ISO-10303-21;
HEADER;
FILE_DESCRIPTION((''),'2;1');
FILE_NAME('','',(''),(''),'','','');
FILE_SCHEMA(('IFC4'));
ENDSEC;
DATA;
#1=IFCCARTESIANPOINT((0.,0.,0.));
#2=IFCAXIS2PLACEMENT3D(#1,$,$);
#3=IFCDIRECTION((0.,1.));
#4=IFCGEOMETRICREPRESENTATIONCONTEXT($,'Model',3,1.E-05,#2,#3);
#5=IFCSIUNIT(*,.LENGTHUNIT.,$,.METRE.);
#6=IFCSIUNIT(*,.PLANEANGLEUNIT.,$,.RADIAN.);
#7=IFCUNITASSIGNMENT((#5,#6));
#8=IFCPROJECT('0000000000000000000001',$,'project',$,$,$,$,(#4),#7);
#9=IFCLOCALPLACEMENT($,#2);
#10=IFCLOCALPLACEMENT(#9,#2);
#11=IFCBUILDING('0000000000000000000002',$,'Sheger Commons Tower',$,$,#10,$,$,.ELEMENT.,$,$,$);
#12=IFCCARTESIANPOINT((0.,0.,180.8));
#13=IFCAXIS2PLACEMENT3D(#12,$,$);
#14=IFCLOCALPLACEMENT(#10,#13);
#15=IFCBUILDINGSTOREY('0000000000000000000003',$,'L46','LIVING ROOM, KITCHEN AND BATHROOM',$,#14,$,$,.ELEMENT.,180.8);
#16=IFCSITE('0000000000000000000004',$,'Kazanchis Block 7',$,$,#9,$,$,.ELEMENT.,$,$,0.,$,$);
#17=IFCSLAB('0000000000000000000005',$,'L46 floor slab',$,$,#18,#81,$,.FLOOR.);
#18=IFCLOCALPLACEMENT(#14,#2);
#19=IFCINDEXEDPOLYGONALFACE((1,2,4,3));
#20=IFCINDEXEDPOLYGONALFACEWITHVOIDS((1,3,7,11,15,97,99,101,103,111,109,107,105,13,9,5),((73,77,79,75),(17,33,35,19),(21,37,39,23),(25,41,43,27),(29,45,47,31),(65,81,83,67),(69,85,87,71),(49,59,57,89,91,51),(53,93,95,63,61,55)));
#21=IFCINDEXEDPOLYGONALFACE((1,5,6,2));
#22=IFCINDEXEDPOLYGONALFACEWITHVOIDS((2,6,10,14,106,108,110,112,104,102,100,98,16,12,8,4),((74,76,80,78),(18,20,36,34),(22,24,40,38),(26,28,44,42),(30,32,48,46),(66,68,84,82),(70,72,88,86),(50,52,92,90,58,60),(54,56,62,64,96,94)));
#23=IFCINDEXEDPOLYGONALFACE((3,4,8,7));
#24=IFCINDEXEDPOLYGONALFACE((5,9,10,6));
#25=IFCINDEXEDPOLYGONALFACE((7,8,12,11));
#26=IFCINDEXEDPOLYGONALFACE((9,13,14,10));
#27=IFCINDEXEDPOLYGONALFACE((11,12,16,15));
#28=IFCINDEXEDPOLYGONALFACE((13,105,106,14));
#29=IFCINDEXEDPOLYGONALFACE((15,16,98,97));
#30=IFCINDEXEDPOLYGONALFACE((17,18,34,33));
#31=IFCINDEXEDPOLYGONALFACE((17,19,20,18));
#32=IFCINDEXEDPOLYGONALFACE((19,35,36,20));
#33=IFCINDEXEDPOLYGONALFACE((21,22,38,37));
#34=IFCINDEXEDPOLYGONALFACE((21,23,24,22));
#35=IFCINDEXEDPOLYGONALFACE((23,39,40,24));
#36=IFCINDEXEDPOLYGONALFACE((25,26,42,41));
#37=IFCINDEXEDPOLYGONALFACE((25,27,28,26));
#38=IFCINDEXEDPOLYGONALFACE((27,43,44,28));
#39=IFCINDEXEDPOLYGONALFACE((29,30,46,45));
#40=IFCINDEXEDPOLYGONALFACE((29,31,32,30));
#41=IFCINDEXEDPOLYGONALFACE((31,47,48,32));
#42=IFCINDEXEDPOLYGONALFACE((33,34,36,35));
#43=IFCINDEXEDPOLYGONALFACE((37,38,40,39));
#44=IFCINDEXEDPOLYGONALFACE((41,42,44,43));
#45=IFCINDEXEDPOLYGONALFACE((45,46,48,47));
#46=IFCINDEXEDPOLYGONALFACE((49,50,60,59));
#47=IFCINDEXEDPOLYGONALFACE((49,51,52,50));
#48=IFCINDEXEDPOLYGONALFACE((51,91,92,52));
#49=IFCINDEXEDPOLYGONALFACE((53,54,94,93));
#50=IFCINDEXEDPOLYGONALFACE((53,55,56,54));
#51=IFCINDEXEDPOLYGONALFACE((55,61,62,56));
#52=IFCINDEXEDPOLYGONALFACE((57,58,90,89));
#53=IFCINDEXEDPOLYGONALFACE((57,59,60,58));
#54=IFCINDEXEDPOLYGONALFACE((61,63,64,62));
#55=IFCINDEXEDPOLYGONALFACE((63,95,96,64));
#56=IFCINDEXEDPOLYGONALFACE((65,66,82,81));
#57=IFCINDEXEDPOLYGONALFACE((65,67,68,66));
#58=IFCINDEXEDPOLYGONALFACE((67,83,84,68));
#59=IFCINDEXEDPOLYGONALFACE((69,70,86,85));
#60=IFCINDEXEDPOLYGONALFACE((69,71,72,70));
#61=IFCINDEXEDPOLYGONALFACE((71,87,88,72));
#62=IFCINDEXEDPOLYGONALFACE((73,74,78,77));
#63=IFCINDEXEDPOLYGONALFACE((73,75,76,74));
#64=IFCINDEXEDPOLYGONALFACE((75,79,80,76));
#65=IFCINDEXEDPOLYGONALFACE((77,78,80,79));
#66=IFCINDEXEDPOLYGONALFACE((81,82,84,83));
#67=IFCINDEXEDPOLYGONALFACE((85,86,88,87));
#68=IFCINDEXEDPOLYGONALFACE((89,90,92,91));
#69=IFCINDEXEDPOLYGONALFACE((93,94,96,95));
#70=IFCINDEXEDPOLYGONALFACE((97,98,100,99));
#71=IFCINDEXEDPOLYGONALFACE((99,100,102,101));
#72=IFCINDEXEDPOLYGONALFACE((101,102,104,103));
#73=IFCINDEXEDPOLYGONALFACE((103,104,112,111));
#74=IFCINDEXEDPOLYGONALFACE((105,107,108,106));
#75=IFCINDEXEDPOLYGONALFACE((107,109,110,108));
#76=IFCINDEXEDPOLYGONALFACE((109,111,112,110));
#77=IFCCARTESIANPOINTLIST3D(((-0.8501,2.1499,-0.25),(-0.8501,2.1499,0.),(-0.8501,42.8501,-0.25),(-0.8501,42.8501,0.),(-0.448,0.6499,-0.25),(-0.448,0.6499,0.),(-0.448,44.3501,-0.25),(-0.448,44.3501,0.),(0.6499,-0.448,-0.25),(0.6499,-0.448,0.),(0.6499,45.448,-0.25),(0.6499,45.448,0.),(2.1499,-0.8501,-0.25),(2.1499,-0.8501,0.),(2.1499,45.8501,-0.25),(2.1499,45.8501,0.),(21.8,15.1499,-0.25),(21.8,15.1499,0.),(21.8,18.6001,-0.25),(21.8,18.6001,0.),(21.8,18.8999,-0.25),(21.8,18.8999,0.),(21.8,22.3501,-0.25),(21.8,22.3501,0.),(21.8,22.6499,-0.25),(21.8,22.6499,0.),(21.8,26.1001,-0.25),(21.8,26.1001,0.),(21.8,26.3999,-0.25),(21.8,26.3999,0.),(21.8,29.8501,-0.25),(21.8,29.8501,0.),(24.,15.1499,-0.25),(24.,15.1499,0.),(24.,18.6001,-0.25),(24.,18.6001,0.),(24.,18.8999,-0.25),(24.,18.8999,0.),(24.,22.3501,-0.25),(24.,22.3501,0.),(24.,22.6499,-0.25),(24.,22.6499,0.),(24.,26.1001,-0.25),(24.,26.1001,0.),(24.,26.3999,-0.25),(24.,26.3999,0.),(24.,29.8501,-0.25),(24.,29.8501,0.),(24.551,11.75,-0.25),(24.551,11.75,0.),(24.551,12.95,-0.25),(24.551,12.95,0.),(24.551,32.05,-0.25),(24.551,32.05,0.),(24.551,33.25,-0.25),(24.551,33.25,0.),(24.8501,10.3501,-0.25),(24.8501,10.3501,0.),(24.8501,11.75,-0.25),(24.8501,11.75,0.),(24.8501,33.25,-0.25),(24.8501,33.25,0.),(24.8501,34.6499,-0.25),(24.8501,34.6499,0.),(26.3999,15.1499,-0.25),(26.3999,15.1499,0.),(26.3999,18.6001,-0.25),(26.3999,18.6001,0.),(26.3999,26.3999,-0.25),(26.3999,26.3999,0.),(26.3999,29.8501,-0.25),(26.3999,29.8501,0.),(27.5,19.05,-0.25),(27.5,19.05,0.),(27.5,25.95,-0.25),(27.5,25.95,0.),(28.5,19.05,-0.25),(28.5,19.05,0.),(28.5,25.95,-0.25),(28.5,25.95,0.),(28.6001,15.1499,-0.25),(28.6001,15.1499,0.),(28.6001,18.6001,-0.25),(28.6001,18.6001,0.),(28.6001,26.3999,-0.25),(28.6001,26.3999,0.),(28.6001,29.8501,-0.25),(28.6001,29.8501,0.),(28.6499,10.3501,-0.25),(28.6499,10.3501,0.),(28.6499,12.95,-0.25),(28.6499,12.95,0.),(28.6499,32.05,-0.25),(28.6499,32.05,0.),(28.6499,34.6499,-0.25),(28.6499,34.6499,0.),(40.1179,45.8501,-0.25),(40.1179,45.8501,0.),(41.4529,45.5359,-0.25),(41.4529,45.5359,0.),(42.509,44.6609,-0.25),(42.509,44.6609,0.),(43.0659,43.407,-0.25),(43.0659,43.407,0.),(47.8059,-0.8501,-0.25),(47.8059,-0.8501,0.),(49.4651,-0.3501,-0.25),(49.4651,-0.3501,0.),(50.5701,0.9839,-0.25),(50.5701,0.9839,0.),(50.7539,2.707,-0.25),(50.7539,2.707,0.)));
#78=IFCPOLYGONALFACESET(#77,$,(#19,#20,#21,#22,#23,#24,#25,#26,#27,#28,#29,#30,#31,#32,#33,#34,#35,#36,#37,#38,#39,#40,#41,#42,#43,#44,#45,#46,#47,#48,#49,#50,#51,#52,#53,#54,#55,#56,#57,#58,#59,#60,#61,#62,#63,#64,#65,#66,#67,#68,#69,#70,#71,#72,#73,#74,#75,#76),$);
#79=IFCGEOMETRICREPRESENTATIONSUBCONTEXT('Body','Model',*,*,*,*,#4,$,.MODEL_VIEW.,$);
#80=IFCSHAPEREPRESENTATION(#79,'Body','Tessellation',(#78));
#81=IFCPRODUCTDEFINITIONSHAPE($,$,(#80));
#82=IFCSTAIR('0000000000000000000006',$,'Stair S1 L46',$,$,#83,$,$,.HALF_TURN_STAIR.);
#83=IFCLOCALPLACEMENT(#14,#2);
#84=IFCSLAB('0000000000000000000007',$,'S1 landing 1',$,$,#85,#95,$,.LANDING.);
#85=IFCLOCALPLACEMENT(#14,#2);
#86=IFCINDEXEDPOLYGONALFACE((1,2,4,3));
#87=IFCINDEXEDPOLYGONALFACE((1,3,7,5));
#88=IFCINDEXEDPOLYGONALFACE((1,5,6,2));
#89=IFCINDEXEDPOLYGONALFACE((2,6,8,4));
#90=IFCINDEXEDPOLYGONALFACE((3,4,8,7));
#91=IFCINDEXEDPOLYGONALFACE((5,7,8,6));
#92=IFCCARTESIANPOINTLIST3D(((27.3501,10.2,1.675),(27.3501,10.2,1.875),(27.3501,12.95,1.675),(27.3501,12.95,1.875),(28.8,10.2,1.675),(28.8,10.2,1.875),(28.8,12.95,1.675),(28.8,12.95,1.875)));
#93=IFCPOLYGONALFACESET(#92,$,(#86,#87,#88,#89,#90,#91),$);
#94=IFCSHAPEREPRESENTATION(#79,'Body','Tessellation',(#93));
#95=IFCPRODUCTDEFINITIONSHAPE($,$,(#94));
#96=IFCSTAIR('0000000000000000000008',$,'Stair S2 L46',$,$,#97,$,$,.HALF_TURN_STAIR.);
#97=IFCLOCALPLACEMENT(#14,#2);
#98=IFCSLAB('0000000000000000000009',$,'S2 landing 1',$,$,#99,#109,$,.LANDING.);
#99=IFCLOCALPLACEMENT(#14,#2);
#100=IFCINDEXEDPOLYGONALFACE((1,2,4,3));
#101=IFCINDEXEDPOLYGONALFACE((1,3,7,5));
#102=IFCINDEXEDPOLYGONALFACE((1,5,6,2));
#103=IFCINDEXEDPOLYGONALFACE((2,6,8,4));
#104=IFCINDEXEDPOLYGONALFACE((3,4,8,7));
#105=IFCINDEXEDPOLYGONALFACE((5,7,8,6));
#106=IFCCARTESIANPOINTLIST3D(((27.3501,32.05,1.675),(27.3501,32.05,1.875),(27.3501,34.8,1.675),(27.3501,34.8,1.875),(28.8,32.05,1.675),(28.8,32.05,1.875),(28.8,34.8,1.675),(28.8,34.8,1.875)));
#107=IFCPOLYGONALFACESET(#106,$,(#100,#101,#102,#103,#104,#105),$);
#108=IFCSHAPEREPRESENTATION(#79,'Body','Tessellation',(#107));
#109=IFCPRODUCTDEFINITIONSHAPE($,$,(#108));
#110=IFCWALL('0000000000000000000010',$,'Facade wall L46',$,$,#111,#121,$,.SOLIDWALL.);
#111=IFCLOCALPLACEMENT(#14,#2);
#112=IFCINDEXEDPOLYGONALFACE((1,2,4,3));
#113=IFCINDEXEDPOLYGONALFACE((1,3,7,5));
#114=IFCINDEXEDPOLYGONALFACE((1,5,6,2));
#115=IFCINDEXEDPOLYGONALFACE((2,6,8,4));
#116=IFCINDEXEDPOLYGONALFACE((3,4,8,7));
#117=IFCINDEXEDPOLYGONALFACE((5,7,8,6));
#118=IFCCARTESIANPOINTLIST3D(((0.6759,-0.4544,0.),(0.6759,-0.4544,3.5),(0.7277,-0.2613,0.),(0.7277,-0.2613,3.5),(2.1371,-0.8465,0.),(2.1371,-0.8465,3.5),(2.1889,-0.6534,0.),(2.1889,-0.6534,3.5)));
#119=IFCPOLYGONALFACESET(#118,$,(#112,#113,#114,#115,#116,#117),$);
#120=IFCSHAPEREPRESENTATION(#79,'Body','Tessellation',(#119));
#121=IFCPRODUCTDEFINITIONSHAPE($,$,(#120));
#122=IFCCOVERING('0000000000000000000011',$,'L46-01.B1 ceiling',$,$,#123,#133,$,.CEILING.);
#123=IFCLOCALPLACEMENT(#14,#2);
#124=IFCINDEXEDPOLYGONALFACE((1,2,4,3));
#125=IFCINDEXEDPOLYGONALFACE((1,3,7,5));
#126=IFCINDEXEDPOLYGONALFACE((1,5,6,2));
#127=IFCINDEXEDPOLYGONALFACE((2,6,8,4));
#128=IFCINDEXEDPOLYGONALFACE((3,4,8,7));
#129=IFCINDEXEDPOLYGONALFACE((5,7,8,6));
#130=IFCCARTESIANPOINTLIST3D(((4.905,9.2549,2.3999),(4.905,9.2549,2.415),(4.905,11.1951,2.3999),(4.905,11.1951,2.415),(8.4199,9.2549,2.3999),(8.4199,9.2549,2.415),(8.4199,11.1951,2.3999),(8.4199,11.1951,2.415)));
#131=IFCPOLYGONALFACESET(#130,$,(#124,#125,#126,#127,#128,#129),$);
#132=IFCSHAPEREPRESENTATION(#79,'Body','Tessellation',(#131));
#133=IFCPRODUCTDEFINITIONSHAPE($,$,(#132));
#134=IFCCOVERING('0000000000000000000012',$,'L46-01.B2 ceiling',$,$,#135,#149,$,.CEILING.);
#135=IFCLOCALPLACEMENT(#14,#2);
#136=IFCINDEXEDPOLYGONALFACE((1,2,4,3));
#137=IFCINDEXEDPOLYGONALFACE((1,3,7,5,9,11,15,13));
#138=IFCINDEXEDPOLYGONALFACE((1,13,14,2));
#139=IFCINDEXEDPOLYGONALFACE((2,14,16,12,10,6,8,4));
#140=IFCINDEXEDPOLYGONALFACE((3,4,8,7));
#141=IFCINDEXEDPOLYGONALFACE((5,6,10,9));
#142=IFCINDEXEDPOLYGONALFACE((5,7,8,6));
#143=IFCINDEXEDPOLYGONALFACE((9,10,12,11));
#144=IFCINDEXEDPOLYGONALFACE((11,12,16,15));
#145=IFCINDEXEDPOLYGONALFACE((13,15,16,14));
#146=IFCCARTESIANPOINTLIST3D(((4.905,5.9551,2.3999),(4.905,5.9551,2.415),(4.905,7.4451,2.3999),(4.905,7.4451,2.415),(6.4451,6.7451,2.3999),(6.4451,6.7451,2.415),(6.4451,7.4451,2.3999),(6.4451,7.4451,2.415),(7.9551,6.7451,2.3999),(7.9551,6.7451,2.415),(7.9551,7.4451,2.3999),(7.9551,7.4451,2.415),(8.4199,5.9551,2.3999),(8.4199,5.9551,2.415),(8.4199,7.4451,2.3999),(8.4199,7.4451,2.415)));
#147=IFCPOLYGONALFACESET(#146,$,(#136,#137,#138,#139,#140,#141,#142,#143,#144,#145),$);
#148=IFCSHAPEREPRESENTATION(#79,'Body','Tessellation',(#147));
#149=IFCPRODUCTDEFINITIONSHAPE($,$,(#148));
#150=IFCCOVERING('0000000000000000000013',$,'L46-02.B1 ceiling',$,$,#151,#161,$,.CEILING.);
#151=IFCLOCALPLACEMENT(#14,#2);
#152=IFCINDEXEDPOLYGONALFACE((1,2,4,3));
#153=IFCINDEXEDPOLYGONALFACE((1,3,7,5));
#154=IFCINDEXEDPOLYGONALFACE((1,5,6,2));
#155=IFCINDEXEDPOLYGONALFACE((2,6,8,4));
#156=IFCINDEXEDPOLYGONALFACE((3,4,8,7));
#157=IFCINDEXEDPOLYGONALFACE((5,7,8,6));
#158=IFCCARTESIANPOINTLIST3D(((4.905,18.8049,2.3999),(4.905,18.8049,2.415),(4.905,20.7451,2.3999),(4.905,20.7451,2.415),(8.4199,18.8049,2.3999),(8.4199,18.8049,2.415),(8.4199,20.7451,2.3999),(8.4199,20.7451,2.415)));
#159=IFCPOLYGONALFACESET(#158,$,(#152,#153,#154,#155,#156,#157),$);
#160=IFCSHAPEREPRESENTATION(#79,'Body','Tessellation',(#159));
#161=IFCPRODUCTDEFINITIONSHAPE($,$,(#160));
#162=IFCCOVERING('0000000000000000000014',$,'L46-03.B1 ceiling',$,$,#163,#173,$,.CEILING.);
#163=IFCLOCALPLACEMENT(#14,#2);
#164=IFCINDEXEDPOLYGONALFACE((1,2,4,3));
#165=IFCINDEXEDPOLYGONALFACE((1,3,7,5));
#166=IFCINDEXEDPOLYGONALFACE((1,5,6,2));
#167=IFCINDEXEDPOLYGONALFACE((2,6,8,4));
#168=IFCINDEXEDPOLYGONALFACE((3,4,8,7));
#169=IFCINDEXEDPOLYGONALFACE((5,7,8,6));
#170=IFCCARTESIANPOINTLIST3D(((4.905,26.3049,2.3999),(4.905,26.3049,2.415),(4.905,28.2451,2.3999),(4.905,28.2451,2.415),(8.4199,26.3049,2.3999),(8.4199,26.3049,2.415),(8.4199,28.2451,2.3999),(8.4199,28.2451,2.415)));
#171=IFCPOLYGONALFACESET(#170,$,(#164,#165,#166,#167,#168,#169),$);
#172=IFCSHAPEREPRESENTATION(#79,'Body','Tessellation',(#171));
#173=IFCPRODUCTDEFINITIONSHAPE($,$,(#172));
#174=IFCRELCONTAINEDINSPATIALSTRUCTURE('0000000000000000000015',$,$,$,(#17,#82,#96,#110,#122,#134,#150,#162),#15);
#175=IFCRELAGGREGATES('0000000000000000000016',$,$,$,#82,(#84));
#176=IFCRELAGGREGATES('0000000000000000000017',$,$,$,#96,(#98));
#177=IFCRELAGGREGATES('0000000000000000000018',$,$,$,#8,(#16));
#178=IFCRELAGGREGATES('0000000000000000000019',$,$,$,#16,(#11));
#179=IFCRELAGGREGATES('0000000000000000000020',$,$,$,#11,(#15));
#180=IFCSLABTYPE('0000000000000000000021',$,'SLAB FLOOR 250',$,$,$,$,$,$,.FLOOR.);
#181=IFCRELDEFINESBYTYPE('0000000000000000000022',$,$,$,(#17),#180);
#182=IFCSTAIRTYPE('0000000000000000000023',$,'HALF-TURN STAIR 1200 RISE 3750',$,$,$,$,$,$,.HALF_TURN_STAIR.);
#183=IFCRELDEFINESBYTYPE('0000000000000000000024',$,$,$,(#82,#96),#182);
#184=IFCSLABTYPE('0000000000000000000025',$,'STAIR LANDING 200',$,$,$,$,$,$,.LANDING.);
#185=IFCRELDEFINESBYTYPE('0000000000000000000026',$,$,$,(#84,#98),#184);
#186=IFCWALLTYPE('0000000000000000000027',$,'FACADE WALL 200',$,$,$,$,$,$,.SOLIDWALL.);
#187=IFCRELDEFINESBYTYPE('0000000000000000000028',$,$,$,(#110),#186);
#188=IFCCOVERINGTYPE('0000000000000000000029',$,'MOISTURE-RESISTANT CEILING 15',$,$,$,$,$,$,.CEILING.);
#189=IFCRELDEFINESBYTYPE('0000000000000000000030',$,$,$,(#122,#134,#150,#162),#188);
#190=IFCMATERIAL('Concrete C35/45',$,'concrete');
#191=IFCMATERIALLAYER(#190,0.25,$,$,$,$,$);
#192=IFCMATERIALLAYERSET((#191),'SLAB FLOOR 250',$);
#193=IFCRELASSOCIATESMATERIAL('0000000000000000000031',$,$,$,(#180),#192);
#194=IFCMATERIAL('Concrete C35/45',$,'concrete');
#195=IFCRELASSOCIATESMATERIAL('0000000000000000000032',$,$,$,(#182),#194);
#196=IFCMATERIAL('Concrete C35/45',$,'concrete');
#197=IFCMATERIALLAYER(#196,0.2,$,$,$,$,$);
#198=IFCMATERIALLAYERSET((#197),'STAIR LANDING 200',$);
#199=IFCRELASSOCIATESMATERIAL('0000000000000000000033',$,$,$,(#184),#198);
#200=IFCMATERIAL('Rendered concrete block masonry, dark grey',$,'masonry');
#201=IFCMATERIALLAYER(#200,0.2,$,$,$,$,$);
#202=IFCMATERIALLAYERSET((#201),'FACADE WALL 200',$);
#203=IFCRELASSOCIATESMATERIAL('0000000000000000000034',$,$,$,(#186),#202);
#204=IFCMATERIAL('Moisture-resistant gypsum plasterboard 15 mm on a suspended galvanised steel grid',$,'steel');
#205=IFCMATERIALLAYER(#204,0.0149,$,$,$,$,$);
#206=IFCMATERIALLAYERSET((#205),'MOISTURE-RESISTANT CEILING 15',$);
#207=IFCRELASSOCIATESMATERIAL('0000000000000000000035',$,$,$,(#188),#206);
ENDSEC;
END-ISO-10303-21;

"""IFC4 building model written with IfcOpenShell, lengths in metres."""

from ifc_helpers import new_model, si_unit, direction, frame, frame_2d, origin, place, context, subcontext, project, spatial, polyline, rectangle, outline, extrude, material, layer, layer_set, type_object, element, aggregate, save


model = new_model("IFC4")

# Units and contexts
model_context = context("Model", 3, precision=1e-05, world=origin(), true_north=direction((0.0, 1.0)))
body_context = subcontext(model_context, "Body", "Model", "MODEL_VIEW")
ifc_project = project(units=[si_unit("LENGTHUNIT", "METRE"), si_unit("PLANEANGLEUNIT", "RADIAN")], contexts=[model_context])

# Site, building, storey
site_placement = place(None, origin())
site = spatial("IfcSite", under=ifc_project, at=site_placement, Name="Kazanchis Block 7", CompositionType="ELEMENT", RefElevation=0.0)
building_placement = place(site_placement, origin())
building = spatial("IfcBuilding", under=site, at=building_placement, Name="Sheger Commons Tower", CompositionType="ELEMENT")
storey_placement = place(building_placement, frame((0.0, 0.0, 180.8)))
storey = spatial("IfcBuildingStorey", under=building, at=storey_placement, Name="L46", Description="LIVING ROOM, KITCHEN AND BATHROOM", CompositionType="ELEMENT", Elevation=180.8)

# Slab
ifc_material_1 = material(Name="Concrete C35/45", Category="concrete")
ifc_layer_1 = layer(ifc_material_1, 0.25)
ifc_layer_set_1 = layer_set([ifc_layer_1], Name="SLAB FLOOR 250")
slab_type_1 = type_object("IfcSlabType", Name="SLAB FLOOR 250", PredefinedType="FLOOR", material=ifc_layer_set_1)
slab_1_placement = place(storey_placement, frame((0.0, 0.0, -0.25)))
element("IfcSlab", 1, at=slab_1_placement, inside=storey, type_object=slab_type_1, Name="L46 floor slab", PredefinedType="FLOOR", context=body_context, shape_type="SweptSolid", body=[
    extrude(outline(polyline([(-0.8501, 2.1499), (-0.448, 0.6499), (0.6499, -0.448), (2.1499, -0.8501), (47.8059, -0.8501), (49.4651, -0.3501), (50.5701, 0.9839), (50.7539, 2.707), (43.0659, 43.407), (42.509, 44.6609), (41.4529, 45.5359), (40.1179, 45.8501), (2.1499, 45.8501), (0.6499, 45.448), (-0.448, 44.3501), (-0.8501, 42.8501), (-0.8501, 2.1499)]), holes=[polyline([(24.8501, 10.3501), (28.6499, 10.3501), (28.6499, 12.95), (24.551, 12.95), (24.551, 11.75), (24.8501, 11.75), (24.8501, 10.3501)]), polyline([(24.551, 32.05), (28.6499, 32.05), (28.6499, 34.6499), (24.8501, 34.6499), (24.8501, 33.25), (24.551, 33.25), (24.551, 32.05)]), polyline([(26.3999, 15.1499), (28.6001, 15.1499), (28.6001, 18.6001), (26.3999, 18.6001), (26.3999, 15.1499)]), polyline([(26.3999, 26.3999), (28.6001, 26.3999), (28.6001, 29.8501), (26.3999, 29.8501), (26.3999, 26.3999)]), polyline([(21.8, 15.1499), (24.0, 15.1499), (24.0, 18.6001), (21.8, 18.6001), (21.8, 15.1499)]), polyline([(21.8, 18.8999), (24.0, 18.8999), (24.0, 22.3501), (21.8, 22.3501), (21.8, 18.8999)]), polyline([(21.8, 22.6499), (24.0, 22.6499), (24.0, 26.1001), (21.8, 26.1001), (21.8, 22.6499)]), polyline([(21.8, 26.3999), (24.0, 26.3999), (24.0, 29.8501), (21.8, 29.8501), (21.8, 26.3999)]), polyline([(27.5, 19.05), (28.5, 19.05), (28.5, 25.95), (27.5, 25.95), (27.5, 19.05)])]), origin(), (0.0, 0.0, 1.0), 0.25),
])

# Stairs, slabs
ifc_material_2 = material(Name="Concrete C35/45", Category="concrete")
stair_type = type_object("IfcStairType", Name="HALF-TURN STAIR 1200 RISE 3750", PredefinedType="HALF_TURN_STAIR", material=ifc_material_2)
stair_1_placement = place(storey_placement, origin())
stair_1 = element("IfcStair", 2, at=stair_1_placement, inside=storey, type_object=stair_type, Name="Stair S1 L46", PredefinedType="HALF_TURN_STAIR")
ifc_material_3 = material(Name="Concrete C35/45", Category="concrete")
ifc_layer_2 = layer(ifc_material_3, 0.2)
ifc_layer_set_2 = layer_set([ifc_layer_2], Name="STAIR LANDING 200")
slab_type_2 = type_object("IfcSlabType", Name="STAIR LANDING 200", PredefinedType="LANDING", material=ifc_layer_set_2)
slab_2_placement = place(storey_placement, frame((0.0, 0.0, 1.675)))
slab_2 = element("IfcSlab", 3, at=slab_2_placement, type_object=slab_type_2, Name="S1 landing 1", PredefinedType="LANDING", context=body_context, shape_type="SweptSolid", body=[
    extrude(outline(polyline([(27.3501, 10.2), (28.8, 10.2), (28.8, 12.95), (27.3501, 12.95), (27.3501, 10.2)])), origin(), (0.0, 0.0, 1.0), 0.2),
])
aggregate(stair_1, [slab_2])
stair_2_placement = place(storey_placement, origin())
stair_2 = element("IfcStair", 4, at=stair_2_placement, inside=storey, type_object=stair_type, Name="Stair S2 L46", PredefinedType="HALF_TURN_STAIR")
slab_3_placement = place(storey_placement, frame((0.0, 0.0, 1.675)))
slab_3 = element("IfcSlab", 5, at=slab_3_placement, type_object=slab_type_2, Name="S2 landing 1", PredefinedType="LANDING", context=body_context, shape_type="SweptSolid", body=[
    extrude(outline(polyline([(27.3501, 32.05), (28.8, 32.05), (28.8, 34.8), (27.3501, 34.8), (27.3501, 32.05)])), origin(), (0.0, 0.0, 1.0), 0.2),
])
aggregate(stair_2, [slab_3])

# Wall
ifc_material_4 = material(Name="Rendered concrete block masonry, dark grey", Category="masonry")
ifc_layer_3 = layer(ifc_material_4, 0.2)
ifc_layer_set_3 = layer_set([ifc_layer_3], Name="FACADE WALL 200")
wall_type = type_object("IfcWallType", Name="FACADE WALL 200", PredefinedType="SOLIDWALL", material=ifc_layer_set_3)
wall_placement = place(storey_placement, frame((0.7019, -0.3579, 0.0), z_axis=(0.0, 0.0, 1.0), x_axis=(0.965832, -0.259169, 0.0)))
element("IfcWall", 6, at=wall_placement, inside=storey, type_object=wall_type, Name="Facade wall L46", PredefinedType="SOLIDWALL", context=body_context, shape_type="SweptSolid", body=[
    extrude(rectangle(XDim=1.5129, YDim=0.2, at=frame_2d((0.7563, 0.0))), origin(), (0.0, 0.0, 1.0), 3.5),
])

# Coverings
ifc_material_5 = material(Name="Moisture-resistant gypsum plasterboard 15 mm on a suspended galvanised steel grid", Category="steel")
ifc_layer_4 = layer(ifc_material_5, 0.0149)
ifc_layer_set_4 = layer_set([ifc_layer_4], Name="MOISTURE-RESISTANT CEILING 15")
covering_type_1 = type_object("IfcCoveringType", Name="MOISTURE-RESISTANT CEILING 15", PredefinedType="CEILING", material=ifc_layer_set_4)
covering_1_placement = place(storey_placement, frame((0.0, 0.0, 2.3999)))
element("IfcCovering", 7, at=covering_1_placement, inside=storey, type_object=covering_type_1, Name="L46-01.B1 ceiling", PredefinedType="CEILING", context=body_context, shape_type="SweptSolid", body=[
    extrude(outline(polyline([(4.905, 9.2549), (8.4199, 9.2549), (8.4199, 11.1951), (4.905, 11.1951), (4.905, 9.2549)])), origin(), (0.0, 0.0, 1.0), 0.0151),
])
covering_2_placement = place(storey_placement, frame((0.0, 0.0, 2.3999)))
element("IfcCovering", 8, at=covering_2_placement, inside=storey, type_object=covering_type_1, Name="L46-01.B2 ceiling", PredefinedType="CEILING", context=body_context, shape_type="SweptSolid", body=[
    extrude(outline(polyline([(4.905, 5.9551), (8.4199, 5.9551), (8.4199, 7.4451), (7.9551, 7.4451), (7.9551, 6.7451), (6.4451, 6.7451), (6.4451, 7.4451), (4.905, 7.4451), (4.905, 5.9551)])), origin(), (0.0, 0.0, 1.0), 0.0151),
])
covering_3_placement = place(storey_placement, frame((0.0, 0.0, 2.3999)))
element("IfcCovering", 9, at=covering_3_placement, inside=storey, type_object=covering_type_1, Name="L46-02.B1 ceiling", PredefinedType="CEILING", context=body_context, shape_type="SweptSolid", body=[
    extrude(outline(polyline([(4.905, 18.8049), (8.4199, 18.8049), (8.4199, 20.7451), (4.905, 20.7451), (4.905, 18.8049)])), origin(), (0.0, 0.0, 1.0), 0.0151),
])
covering_4_placement = place(storey_placement, frame((0.0, 0.0, 2.3999)))
element("IfcCovering", 10, at=covering_4_placement, inside=storey, type_object=covering_type_1, Name="L46-03.B1 ceiling", PredefinedType="CEILING", context=body_context, shape_type="SweptSolid", body=[
    extrude(outline(polyline([(4.905, 26.3049), (8.4199, 26.3049), (8.4199, 28.2451), (4.905, 28.2451), (4.905, 26.3049)])), origin(), (0.0, 0.0, 1.0), 0.0151),
])

save(model, "model.ifc")
